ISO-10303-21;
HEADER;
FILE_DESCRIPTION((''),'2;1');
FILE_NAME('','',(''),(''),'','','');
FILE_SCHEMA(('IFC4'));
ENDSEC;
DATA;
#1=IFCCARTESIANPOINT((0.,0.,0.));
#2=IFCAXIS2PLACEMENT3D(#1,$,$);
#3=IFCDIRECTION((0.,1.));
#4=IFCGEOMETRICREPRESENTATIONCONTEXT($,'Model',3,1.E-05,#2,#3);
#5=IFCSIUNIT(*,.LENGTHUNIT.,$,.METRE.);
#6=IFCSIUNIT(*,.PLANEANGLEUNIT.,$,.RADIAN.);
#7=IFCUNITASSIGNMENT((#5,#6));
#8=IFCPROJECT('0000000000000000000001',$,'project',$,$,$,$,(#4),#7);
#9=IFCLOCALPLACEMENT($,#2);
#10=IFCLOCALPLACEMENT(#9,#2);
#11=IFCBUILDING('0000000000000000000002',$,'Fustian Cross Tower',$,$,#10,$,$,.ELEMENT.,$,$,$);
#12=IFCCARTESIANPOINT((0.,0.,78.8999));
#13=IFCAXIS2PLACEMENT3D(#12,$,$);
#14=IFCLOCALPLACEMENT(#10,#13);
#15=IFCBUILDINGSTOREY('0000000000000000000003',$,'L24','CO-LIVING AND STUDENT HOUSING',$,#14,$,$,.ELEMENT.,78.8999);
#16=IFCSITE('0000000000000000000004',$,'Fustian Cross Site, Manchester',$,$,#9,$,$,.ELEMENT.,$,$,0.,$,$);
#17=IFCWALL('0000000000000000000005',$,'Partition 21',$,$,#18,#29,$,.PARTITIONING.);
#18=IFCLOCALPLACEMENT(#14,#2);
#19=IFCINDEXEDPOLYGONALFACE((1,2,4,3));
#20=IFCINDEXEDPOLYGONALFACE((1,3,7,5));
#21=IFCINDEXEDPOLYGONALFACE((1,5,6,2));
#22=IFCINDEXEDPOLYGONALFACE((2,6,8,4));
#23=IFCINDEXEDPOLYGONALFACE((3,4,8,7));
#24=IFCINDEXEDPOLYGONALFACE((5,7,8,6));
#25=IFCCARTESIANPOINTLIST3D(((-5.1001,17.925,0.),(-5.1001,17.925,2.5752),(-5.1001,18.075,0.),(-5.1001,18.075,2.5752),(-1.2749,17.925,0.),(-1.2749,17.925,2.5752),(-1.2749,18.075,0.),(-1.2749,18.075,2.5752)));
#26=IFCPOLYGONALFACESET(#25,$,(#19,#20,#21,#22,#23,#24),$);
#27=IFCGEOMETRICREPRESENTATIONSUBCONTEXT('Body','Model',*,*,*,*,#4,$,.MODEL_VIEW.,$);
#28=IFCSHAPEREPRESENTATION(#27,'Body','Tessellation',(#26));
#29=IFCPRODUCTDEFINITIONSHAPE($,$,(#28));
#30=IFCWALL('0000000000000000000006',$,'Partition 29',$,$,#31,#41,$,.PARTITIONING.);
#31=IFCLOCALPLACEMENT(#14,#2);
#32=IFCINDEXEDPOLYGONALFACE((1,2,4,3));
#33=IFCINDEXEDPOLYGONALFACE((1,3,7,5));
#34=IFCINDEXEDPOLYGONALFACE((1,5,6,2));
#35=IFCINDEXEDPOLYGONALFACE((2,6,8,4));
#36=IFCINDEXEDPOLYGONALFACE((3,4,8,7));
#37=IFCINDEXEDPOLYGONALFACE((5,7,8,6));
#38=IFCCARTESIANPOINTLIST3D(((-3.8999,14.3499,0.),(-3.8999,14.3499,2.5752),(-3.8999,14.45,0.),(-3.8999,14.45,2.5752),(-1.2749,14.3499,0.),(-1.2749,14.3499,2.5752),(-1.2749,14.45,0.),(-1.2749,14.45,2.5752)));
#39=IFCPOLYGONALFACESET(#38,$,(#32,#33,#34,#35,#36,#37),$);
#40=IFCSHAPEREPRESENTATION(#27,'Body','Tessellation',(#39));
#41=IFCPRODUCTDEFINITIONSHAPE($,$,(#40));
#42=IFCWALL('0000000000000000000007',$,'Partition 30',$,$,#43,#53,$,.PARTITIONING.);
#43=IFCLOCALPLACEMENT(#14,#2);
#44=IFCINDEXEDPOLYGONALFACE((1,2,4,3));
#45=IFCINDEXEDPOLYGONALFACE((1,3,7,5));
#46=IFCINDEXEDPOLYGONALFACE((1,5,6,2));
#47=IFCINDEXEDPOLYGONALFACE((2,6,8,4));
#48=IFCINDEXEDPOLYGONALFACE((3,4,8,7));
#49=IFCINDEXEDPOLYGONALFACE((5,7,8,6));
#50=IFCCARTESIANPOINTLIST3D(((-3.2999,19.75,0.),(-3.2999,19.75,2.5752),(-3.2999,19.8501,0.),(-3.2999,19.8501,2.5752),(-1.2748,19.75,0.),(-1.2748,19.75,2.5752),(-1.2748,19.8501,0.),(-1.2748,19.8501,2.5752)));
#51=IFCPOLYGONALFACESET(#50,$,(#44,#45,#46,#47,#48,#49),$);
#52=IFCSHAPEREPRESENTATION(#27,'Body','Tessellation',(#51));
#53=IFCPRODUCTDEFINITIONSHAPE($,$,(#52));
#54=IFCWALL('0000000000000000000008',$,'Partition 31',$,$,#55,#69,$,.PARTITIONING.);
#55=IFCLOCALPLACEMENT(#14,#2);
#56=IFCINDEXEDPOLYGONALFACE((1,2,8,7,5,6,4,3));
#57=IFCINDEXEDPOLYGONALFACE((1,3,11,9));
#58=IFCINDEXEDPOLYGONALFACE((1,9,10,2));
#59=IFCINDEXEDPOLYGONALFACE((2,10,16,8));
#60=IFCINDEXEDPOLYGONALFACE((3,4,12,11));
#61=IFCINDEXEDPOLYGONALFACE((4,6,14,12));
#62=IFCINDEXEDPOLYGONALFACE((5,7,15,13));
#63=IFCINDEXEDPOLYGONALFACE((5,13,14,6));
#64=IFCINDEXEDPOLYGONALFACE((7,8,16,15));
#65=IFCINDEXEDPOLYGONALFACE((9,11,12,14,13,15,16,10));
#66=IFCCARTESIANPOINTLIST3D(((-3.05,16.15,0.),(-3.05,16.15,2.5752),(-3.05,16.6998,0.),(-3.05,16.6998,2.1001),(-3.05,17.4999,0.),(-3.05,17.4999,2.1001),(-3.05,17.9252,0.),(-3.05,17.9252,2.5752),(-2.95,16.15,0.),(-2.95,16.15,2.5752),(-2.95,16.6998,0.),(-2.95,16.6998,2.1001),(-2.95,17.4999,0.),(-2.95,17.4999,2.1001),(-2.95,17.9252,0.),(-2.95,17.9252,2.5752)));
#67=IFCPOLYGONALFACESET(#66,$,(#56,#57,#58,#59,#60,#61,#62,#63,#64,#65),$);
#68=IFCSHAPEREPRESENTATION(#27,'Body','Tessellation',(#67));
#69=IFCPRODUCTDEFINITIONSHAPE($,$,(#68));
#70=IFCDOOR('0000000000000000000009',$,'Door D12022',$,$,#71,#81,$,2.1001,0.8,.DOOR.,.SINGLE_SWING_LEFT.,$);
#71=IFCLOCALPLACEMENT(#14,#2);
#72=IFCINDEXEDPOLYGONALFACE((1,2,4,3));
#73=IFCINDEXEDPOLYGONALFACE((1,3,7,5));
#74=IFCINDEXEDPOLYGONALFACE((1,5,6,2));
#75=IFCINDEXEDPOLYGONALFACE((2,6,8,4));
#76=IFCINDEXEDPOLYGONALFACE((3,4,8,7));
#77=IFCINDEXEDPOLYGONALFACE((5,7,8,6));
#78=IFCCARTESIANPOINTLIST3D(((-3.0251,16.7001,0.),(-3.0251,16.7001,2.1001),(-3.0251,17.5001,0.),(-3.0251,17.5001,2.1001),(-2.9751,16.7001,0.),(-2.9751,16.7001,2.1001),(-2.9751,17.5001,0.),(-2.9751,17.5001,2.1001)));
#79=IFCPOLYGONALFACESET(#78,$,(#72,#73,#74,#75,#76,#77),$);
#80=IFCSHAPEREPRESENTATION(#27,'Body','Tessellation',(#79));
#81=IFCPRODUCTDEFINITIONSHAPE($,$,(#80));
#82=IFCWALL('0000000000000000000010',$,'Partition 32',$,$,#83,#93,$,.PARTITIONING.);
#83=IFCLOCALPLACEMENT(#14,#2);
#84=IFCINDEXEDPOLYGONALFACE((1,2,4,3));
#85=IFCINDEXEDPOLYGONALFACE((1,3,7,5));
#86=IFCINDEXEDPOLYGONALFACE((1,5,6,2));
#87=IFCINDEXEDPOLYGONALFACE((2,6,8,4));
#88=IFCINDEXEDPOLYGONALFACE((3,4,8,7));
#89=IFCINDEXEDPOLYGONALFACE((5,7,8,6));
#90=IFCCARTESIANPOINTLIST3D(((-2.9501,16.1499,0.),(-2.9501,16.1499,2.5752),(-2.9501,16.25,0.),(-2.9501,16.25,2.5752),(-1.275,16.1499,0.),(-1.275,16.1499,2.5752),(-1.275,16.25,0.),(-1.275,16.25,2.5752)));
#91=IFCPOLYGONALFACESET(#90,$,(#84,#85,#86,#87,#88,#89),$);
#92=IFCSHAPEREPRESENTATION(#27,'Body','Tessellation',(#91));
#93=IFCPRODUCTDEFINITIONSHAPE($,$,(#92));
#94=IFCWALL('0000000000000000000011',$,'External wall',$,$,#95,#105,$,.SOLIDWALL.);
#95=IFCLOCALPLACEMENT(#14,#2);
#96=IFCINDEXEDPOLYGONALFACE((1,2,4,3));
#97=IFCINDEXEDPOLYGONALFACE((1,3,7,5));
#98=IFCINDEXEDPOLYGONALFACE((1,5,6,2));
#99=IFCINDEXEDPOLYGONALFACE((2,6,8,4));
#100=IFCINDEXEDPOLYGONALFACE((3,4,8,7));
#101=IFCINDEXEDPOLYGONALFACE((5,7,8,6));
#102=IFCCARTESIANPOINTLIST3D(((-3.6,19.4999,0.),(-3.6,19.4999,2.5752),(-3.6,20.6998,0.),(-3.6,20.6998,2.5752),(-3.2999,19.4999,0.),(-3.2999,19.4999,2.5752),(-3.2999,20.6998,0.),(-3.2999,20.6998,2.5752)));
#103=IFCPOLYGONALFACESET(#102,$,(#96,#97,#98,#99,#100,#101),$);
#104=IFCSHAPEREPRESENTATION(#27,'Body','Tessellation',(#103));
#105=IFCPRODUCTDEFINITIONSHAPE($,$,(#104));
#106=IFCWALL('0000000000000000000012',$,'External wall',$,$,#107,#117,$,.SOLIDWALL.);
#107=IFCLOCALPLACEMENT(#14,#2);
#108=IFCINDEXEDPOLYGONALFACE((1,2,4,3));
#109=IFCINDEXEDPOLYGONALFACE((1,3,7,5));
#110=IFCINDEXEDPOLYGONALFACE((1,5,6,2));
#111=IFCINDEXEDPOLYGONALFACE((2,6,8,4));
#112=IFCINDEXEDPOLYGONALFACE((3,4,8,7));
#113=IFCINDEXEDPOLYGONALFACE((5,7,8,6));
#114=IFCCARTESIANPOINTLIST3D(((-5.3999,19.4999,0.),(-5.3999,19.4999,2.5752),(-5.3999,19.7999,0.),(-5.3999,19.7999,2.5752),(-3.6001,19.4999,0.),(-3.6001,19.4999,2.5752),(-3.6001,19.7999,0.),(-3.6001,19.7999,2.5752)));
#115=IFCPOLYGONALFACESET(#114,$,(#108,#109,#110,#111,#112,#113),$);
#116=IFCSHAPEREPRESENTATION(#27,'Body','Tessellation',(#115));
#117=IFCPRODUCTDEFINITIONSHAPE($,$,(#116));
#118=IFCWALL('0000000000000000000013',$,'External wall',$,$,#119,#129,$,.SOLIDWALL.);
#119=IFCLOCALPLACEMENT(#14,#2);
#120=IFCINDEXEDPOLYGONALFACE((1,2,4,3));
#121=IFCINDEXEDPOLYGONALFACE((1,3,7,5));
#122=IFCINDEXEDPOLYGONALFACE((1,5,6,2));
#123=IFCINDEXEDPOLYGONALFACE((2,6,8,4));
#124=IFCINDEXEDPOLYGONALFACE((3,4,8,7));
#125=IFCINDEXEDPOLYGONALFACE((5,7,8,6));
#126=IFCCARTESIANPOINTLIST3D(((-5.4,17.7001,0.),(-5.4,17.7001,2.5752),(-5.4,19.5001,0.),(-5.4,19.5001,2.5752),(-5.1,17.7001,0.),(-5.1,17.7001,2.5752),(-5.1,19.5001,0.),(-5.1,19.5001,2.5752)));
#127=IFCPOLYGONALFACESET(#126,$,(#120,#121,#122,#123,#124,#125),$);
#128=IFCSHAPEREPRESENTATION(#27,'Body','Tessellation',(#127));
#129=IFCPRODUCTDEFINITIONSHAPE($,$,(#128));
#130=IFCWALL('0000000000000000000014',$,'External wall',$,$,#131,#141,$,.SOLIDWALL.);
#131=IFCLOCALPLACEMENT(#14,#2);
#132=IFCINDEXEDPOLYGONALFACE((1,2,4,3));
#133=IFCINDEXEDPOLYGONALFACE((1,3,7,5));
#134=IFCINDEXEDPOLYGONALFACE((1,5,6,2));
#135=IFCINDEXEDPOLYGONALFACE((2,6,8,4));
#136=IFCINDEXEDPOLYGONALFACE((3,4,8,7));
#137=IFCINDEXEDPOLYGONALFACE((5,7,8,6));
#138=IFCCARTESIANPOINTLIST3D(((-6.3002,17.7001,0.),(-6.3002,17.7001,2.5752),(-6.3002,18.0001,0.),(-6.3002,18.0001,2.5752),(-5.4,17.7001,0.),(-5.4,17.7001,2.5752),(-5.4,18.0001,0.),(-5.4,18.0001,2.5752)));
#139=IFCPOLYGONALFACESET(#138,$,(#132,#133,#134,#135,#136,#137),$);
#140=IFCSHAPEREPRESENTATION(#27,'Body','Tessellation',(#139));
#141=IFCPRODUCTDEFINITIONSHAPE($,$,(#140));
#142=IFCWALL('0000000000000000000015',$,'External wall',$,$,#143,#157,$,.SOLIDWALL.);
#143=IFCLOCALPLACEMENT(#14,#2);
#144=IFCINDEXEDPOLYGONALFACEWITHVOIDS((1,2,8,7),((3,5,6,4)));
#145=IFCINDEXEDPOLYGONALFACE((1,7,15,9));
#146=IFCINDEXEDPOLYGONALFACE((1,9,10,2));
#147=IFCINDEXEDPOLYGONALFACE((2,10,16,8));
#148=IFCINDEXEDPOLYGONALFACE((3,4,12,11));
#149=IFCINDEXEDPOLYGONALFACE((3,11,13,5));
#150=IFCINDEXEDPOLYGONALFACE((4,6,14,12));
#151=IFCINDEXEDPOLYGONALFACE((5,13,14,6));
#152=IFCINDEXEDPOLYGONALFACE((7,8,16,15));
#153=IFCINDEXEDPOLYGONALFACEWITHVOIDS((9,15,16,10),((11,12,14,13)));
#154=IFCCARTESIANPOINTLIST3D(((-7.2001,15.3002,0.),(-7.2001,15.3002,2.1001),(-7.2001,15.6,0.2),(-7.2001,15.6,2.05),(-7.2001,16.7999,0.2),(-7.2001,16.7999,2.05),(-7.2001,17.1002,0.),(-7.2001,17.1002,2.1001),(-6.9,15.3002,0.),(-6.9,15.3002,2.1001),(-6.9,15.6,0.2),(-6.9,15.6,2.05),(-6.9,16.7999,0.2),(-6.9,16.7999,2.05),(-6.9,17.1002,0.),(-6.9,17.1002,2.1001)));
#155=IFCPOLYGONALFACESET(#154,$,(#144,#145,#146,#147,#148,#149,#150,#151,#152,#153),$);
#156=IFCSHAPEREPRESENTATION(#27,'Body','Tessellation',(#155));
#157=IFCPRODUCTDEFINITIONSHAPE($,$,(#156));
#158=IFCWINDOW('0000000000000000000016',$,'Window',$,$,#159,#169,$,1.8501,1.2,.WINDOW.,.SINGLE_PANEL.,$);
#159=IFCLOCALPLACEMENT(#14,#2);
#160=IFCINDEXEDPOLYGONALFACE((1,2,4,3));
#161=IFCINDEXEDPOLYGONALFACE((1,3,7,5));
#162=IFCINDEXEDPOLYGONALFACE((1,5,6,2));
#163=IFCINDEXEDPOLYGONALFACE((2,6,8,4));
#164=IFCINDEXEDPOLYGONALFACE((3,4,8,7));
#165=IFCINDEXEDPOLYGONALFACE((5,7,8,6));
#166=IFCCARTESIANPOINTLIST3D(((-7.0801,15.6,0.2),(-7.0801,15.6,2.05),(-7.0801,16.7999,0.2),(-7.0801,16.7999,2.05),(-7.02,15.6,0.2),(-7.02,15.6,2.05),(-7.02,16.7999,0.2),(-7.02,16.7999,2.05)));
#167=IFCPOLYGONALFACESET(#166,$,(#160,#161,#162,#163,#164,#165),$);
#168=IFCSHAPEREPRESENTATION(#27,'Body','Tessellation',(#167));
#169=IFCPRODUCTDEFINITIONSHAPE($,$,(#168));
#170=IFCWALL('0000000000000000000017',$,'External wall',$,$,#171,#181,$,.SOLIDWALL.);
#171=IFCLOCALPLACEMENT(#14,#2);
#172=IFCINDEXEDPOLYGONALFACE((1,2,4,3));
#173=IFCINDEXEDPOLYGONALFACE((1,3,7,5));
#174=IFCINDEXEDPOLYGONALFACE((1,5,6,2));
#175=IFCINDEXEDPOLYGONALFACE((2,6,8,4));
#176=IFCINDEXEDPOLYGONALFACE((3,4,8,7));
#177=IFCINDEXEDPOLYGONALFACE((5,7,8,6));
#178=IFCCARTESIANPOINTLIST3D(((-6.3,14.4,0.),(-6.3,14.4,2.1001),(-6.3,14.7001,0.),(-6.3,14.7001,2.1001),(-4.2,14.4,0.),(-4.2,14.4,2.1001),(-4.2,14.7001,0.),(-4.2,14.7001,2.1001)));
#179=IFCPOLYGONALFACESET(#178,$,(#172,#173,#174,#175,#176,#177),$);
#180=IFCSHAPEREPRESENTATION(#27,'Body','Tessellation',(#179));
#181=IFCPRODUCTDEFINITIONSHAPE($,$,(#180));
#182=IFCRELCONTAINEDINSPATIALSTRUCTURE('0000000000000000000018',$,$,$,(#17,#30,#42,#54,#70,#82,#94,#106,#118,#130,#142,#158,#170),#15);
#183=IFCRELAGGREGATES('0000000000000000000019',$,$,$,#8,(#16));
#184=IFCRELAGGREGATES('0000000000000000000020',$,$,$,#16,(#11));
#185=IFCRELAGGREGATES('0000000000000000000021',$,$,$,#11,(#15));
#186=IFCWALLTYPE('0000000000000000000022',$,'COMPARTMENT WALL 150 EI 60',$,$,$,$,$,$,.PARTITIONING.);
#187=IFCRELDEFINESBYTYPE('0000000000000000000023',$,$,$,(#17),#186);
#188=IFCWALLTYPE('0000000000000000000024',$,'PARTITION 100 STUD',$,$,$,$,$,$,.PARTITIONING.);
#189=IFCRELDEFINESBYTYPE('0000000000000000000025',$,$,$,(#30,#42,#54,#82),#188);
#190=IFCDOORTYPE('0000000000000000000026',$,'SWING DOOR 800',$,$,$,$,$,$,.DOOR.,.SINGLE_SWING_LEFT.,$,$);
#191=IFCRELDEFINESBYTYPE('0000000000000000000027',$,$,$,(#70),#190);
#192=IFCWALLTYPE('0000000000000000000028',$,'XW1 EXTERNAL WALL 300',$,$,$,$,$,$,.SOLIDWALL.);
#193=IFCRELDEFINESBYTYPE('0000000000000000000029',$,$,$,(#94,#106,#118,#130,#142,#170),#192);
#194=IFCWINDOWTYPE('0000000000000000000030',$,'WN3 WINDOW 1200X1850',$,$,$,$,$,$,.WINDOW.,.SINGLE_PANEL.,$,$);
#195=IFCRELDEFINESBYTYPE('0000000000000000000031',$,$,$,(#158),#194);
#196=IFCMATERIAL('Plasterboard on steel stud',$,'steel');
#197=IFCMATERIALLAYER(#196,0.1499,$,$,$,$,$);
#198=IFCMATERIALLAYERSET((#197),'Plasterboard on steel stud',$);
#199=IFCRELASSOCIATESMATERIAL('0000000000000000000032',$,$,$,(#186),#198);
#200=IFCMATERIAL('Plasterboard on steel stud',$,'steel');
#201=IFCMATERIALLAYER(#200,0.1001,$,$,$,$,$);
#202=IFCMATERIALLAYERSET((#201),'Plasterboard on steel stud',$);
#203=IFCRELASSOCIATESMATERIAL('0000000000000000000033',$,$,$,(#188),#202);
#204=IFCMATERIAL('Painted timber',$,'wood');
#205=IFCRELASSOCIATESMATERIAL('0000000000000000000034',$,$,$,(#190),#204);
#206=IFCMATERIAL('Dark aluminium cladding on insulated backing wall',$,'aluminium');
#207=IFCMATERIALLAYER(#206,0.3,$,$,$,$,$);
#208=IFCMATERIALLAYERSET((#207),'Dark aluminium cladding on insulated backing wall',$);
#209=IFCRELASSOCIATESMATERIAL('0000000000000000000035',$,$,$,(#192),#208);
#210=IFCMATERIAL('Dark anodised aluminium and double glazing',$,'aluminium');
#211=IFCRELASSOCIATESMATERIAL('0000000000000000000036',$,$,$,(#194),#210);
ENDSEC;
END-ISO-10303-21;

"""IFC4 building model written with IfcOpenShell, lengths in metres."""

from ifc_helpers import new_model, si_unit, direction, frame, frame_2d, origin, place, context, subcontext, project, spatial, rectangle, extrude, material, layer, layer_set, type_object, element, fill, save


model = new_model("IFC4")

# Units and contexts
model_context = context("Model", 3, precision=1e-05, world=origin(), true_north=direction((0.0, 1.0)))
body_context = subcontext(model_context, "Body", "Model", "MODEL_VIEW")
ifc_project = project(units=[si_unit("LENGTHUNIT", "METRE"), si_unit("PLANEANGLEUNIT", "RADIAN")], contexts=[model_context])

# Site, building, storey
site_placement = place(None, origin())
site = spatial("IfcSite", under=ifc_project, at=site_placement, Name="Fustian Cross Site, Manchester", CompositionType="ELEMENT", RefElevation=0.0)
building_placement = place(site_placement, origin())
building = spatial("IfcBuilding", under=site, at=building_placement, Name="Fustian Cross Tower", CompositionType="ELEMENT")
storey_placement = place(building_placement, frame((0.0, 0.0, 78.8999)))
storey = spatial("IfcBuildingStorey", under=building, at=storey_placement, Name="L24", Description="CO-LIVING AND STUDENT HOUSING", CompositionType="ELEMENT", Elevation=78.8999)

# Walls
ifc_material_1 = material(Name="Plasterboard on steel stud", Category="steel")
ifc_layer_1 = layer(ifc_material_1, 0.1499)
ifc_layer_set_1 = layer_set([ifc_layer_1], Name="Plasterboard on steel stud")
wall_type_1 = type_object("IfcWallType", Name="COMPARTMENT WALL 150 EI 60", PredefinedType="PARTITIONING", material=ifc_layer_set_1)
wall_1_placement = place(storey_placement, frame((-5.1001, 18.0, 0.0), z_axis=(0.0, 0.0, 1.0), x_axis=(1.0, 0.0, 0.0)))
element("IfcWall", 1, at=wall_1_placement, inside=storey, type_object=wall_type_1, Name="Partition 21", PredefinedType="PARTITIONING", context=body_context, shape_type="SweptSolid", body=[
    extrude(rectangle(XDim=3.8252, YDim=0.1499, at=frame_2d((1.9126, 0.0))), origin(), (0.0, 0.0, 1.0), 2.5752),
])
ifc_material_2 = material(Name="Plasterboard on steel stud", Category="steel")
ifc_layer_2 = layer(ifc_material_2, 0.1001)
ifc_layer_set_2 = layer_set([ifc_layer_2], Name="Plasterboard on steel stud")
wall_type_2 = type_object("IfcWallType", Name="PARTITION 100 STUD", PredefinedType="PARTITIONING", material=ifc_layer_set_2)
wall_2_placement = place(storey_placement, frame((-3.8999, 14.3999, 0.0), z_axis=(0.0, 0.0, 1.0), x_axis=(1.0, 0.0, 0.0)))
element("IfcWall", 2, at=wall_2_placement, inside=storey, type_object=wall_type_2, Name="Partition 29", PredefinedType="PARTITIONING", context=body_context, shape_type="SweptSolid", body=[
    extrude(rectangle(XDim=2.625, YDim=0.1001, at=frame_2d((1.3125, 0.0))), origin(), (0.0, 0.0, 1.0), 2.5752),
])
wall_3_placement = place(storey_placement, frame((-3.3, 19.8, 0.0), z_axis=(0.0, 0.0, 1.0), x_axis=(1.0, 0.0, 0.0)))
element("IfcWall", 3, at=wall_3_placement, inside=storey, type_object=wall_type_2, Name="Partition 30", PredefinedType="PARTITIONING", context=body_context, shape_type="SweptSolid", body=[
    extrude(rectangle(XDim=2.0251, YDim=0.1001, at=frame_2d((1.0127, 0.0))), origin(), (0.0, 0.0, 1.0), 2.5752),
])

# Wall, opening, door
wall_4_placement = place(storey_placement, frame((-3.0, 16.1499, 0.0), z_axis=(0.0, 0.0, 1.0), x_axis=(0.0, 1.0, 0.0)))
wall_4 = element("IfcWall", 4, at=wall_4_placement, inside=storey, type_object=wall_type_2, Name="Partition 31", PredefinedType="PARTITIONING", context=body_context, shape_type="SweptSolid", body=[
    extrude(rectangle(XDim=1.7751, YDim=0.1001, at=frame_2d((0.8877, 0.0))), origin(), (0.0, 0.0, 1.0), 2.5752),
])
opening_1_placement = place(wall_4_placement, frame((0.55, 0.0, 0.0)))
opening_1 = element("IfcOpeningElement", 5, at=opening_1_placement, cuts=wall_4, PredefinedType="OPENING", context=body_context, shape_type="SweptSolid", body=[
    extrude(rectangle(XDim=0.8, YDim=2.1001, at=frame_2d((0.3999, 1.05))), frame((0.0, 0.0601, 0.0), z_axis=(0.0, -1.0, 0.0), x_axis=(1.0, 0.0, 0.0)), (0.0, 0.0, 1.0), 0.1201),
])
ifc_material_3 = material(Name="Painted timber", Category="wood")
door_type_1 = type_object("IfcDoorType", Name="SWING DOOR 800", OperationType="SINGLE_SWING_LEFT", PredefinedType="DOOR", material=ifc_material_3)
door_1_placement = place(opening_1_placement, frame((0.8, 0.0, 0.0), z_axis=(0.0, 0.0, 1.0), x_axis=(-1.0, 0.0, 0.0)))
door_1 = element("IfcDoor", 6, at=door_1_placement, inside=storey, type_object=door_type_1, Name="Door D12022", OperationType="SINGLE_SWING_LEFT", OverallHeight=2.1001, OverallWidth=0.8, PredefinedType="DOOR", context=body_context, shape_type="SweptSolid", body=[
    extrude(rectangle(XDim=0.8, YDim=2.1001, at=frame_2d((0.3999, 1.05))), frame((0.0, 0.0249, 0.0), z_axis=(0.0, -1.0, 0.0), x_axis=(1.0, 0.0, 0.0)), (0.0, 0.0, 1.0), 0.05),
])
fill(opening_1, door_1)

# Walls
wall_5_placement = place(storey_placement, frame((-2.95, 16.2, 0.0), z_axis=(0.0, 0.0, 1.0), x_axis=(1.0, 0.0, 0.0)))
element("IfcWall", 7, at=wall_5_placement, inside=storey, type_object=wall_type_2, Name="Partition 32", PredefinedType="PARTITIONING", context=body_context, shape_type="SweptSolid", body=[
    extrude(rectangle(XDim=1.675, YDim=0.1001, at=frame_2d((0.8374, 0.0))), origin(), (0.0, 0.0, 1.0), 2.5752),
])
ifc_material_4 = material(Name="Dark aluminium cladding on insulated backing wall", Category="aluminium")
ifc_layer_3 = layer(ifc_material_4, 0.3)
ifc_layer_set_3 = layer_set([ifc_layer_3], Name="Dark aluminium cladding on insulated backing wall")
wall_type_3 = type_object("IfcWallType", Name="XW1 EXTERNAL WALL 300", PredefinedType="SOLIDWALL", material=ifc_layer_set_3)
wall_6_placement = place(storey_placement, frame((-3.45, 20.7, 0.0), z_axis=(0.0, 0.0, 1.0), x_axis=(0.0, -1.0, 0.0)))
element("IfcWall", 8, at=wall_6_placement, inside=storey, type_object=wall_type_3, Name="External wall", PredefinedType="SOLIDWALL", context=body_context, shape_type="SweptSolid", body=[
    extrude(rectangle(XDim=1.2, YDim=0.3, at=frame_2d((0.6001, 0.0))), origin(), (0.0, 0.0, 1.0), 2.5752),
])
wall_7_placement = place(storey_placement, frame((-3.6001, 19.6499, 0.0), z_axis=(0.0, 0.0, 1.0), x_axis=(-1.0, 0.0, 0.0)))
element("IfcWall", 9, at=wall_7_placement, inside=storey, type_object=wall_type_3, Name="External wall", PredefinedType="SOLIDWALL", context=body_context, shape_type="SweptSolid", body=[
    extrude(rectangle(XDim=1.7998, YDim=0.3, at=frame_2d((0.8999, 0.0))), origin(), (0.0, 0.0, 1.0), 2.5752),
])
wall_8_placement = place(storey_placement, frame((-5.25, 19.5, 0.0), z_axis=(0.0, 0.0, 1.0), x_axis=(0.0, -1.0, 0.0)))
element("IfcWall", 10, at=wall_8_placement, inside=storey, type_object=wall_type_3, Name="External wall", PredefinedType="SOLIDWALL", context=body_context, shape_type="SweptSolid", body=[
    extrude(rectangle(XDim=1.8, YDim=0.3, at=frame_2d((0.8999, 0.0))), origin(), (0.0, 0.0, 1.0), 2.5752),
])
wall_9_placement = place(storey_placement, frame((-5.3999, 17.8501, 0.0), z_axis=(0.0, 0.0, 1.0), x_axis=(-1.0, 0.0, 0.0)))
element("IfcWall", 11, at=wall_9_placement, inside=storey, type_object=wall_type_3, Name="External wall", PredefinedType="SOLIDWALL", context=body_context, shape_type="SweptSolid", body=[
    extrude(rectangle(XDim=0.9001, YDim=0.3, at=frame_2d((0.4502, 0.0))), origin(), (0.0, 0.0, 1.0), 2.5752),
])

# Wall, opening, window
wall_10_placement = place(storey_placement, frame((-7.05, 17.1001, 0.0), z_axis=(0.0, 0.0, 1.0), x_axis=(0.0, -1.0, 0.0)))
wall_10 = element("IfcWall", 12, at=wall_10_placement, inside=storey, type_object=wall_type_3, Name="External wall", PredefinedType="SOLIDWALL", context=body_context, shape_type="SweptSolid", body=[
    extrude(rectangle(XDim=1.8, YDim=0.3, at=frame_2d((0.8999, 0.0))), origin(), (0.0, 0.0, 1.0), 2.1001),
])
opening_2_placement = place(wall_10_placement, frame((0.3, 0.0, 0.2)))
opening_2 = element("IfcOpeningElement", 13, at=opening_2_placement, cuts=wall_10, PredefinedType="OPENING", context=body_context, shape_type="SweptSolid", body=[
    extrude(rectangle(XDim=1.2, YDim=1.8501, at=frame_2d((0.6001, 0.925))), frame((0.0, 0.1599, 0.0), z_axis=(0.0, -1.0, 0.0), x_axis=(1.0, 0.0, 0.0)), (0.0, 0.0, 1.0), 0.3201),
])
ifc_material_5 = material(Name="Dark anodised aluminium and double glazing", Category="aluminium")
window_type_1 = type_object("IfcWindowType", Name="WN3 WINDOW 1200X1850", PartitioningType="SINGLE_PANEL", PredefinedType="WINDOW", material=ifc_material_5)
window_1_placement = place(opening_2_placement, origin())
window_1 = element("IfcWindow", 14, at=window_1_placement, inside=storey, type_object=window_type_1, Name="Window", OverallHeight=1.8501, OverallWidth=1.2, PartitioningType="SINGLE_PANEL", PredefinedType="WINDOW", context=body_context, shape_type="SweptSolid", body=[
    extrude(rectangle(XDim=1.2, YDim=1.8501, at=frame_2d((0.6001, 0.925))), frame((0.0, 0.03, 0.0), z_axis=(0.0, -1.0, 0.0), x_axis=(1.0, 0.0, 0.0)), (0.0, 0.0, 1.0), 0.0601),
])
fill(opening_2, window_1)

# Wall
wall_11_placement = place(storey_placement, frame((-6.3, 14.55, 0.0), z_axis=(0.0, 0.0, 1.0), x_axis=(1.0, 0.0, 0.0)))
element("IfcWall", 15, at=wall_11_placement, inside=storey, type_object=wall_type_3, Name="External wall", PredefinedType="SOLIDWALL", context=body_context, shape_type="SweptSolid", body=[
    extrude(rectangle(XDim=2.1001, YDim=0.3, at=frame_2d((1.05, 0.0))), origin(), (0.0, 0.0, 1.0), 2.1001),
])

save(model, "model.ifc")
